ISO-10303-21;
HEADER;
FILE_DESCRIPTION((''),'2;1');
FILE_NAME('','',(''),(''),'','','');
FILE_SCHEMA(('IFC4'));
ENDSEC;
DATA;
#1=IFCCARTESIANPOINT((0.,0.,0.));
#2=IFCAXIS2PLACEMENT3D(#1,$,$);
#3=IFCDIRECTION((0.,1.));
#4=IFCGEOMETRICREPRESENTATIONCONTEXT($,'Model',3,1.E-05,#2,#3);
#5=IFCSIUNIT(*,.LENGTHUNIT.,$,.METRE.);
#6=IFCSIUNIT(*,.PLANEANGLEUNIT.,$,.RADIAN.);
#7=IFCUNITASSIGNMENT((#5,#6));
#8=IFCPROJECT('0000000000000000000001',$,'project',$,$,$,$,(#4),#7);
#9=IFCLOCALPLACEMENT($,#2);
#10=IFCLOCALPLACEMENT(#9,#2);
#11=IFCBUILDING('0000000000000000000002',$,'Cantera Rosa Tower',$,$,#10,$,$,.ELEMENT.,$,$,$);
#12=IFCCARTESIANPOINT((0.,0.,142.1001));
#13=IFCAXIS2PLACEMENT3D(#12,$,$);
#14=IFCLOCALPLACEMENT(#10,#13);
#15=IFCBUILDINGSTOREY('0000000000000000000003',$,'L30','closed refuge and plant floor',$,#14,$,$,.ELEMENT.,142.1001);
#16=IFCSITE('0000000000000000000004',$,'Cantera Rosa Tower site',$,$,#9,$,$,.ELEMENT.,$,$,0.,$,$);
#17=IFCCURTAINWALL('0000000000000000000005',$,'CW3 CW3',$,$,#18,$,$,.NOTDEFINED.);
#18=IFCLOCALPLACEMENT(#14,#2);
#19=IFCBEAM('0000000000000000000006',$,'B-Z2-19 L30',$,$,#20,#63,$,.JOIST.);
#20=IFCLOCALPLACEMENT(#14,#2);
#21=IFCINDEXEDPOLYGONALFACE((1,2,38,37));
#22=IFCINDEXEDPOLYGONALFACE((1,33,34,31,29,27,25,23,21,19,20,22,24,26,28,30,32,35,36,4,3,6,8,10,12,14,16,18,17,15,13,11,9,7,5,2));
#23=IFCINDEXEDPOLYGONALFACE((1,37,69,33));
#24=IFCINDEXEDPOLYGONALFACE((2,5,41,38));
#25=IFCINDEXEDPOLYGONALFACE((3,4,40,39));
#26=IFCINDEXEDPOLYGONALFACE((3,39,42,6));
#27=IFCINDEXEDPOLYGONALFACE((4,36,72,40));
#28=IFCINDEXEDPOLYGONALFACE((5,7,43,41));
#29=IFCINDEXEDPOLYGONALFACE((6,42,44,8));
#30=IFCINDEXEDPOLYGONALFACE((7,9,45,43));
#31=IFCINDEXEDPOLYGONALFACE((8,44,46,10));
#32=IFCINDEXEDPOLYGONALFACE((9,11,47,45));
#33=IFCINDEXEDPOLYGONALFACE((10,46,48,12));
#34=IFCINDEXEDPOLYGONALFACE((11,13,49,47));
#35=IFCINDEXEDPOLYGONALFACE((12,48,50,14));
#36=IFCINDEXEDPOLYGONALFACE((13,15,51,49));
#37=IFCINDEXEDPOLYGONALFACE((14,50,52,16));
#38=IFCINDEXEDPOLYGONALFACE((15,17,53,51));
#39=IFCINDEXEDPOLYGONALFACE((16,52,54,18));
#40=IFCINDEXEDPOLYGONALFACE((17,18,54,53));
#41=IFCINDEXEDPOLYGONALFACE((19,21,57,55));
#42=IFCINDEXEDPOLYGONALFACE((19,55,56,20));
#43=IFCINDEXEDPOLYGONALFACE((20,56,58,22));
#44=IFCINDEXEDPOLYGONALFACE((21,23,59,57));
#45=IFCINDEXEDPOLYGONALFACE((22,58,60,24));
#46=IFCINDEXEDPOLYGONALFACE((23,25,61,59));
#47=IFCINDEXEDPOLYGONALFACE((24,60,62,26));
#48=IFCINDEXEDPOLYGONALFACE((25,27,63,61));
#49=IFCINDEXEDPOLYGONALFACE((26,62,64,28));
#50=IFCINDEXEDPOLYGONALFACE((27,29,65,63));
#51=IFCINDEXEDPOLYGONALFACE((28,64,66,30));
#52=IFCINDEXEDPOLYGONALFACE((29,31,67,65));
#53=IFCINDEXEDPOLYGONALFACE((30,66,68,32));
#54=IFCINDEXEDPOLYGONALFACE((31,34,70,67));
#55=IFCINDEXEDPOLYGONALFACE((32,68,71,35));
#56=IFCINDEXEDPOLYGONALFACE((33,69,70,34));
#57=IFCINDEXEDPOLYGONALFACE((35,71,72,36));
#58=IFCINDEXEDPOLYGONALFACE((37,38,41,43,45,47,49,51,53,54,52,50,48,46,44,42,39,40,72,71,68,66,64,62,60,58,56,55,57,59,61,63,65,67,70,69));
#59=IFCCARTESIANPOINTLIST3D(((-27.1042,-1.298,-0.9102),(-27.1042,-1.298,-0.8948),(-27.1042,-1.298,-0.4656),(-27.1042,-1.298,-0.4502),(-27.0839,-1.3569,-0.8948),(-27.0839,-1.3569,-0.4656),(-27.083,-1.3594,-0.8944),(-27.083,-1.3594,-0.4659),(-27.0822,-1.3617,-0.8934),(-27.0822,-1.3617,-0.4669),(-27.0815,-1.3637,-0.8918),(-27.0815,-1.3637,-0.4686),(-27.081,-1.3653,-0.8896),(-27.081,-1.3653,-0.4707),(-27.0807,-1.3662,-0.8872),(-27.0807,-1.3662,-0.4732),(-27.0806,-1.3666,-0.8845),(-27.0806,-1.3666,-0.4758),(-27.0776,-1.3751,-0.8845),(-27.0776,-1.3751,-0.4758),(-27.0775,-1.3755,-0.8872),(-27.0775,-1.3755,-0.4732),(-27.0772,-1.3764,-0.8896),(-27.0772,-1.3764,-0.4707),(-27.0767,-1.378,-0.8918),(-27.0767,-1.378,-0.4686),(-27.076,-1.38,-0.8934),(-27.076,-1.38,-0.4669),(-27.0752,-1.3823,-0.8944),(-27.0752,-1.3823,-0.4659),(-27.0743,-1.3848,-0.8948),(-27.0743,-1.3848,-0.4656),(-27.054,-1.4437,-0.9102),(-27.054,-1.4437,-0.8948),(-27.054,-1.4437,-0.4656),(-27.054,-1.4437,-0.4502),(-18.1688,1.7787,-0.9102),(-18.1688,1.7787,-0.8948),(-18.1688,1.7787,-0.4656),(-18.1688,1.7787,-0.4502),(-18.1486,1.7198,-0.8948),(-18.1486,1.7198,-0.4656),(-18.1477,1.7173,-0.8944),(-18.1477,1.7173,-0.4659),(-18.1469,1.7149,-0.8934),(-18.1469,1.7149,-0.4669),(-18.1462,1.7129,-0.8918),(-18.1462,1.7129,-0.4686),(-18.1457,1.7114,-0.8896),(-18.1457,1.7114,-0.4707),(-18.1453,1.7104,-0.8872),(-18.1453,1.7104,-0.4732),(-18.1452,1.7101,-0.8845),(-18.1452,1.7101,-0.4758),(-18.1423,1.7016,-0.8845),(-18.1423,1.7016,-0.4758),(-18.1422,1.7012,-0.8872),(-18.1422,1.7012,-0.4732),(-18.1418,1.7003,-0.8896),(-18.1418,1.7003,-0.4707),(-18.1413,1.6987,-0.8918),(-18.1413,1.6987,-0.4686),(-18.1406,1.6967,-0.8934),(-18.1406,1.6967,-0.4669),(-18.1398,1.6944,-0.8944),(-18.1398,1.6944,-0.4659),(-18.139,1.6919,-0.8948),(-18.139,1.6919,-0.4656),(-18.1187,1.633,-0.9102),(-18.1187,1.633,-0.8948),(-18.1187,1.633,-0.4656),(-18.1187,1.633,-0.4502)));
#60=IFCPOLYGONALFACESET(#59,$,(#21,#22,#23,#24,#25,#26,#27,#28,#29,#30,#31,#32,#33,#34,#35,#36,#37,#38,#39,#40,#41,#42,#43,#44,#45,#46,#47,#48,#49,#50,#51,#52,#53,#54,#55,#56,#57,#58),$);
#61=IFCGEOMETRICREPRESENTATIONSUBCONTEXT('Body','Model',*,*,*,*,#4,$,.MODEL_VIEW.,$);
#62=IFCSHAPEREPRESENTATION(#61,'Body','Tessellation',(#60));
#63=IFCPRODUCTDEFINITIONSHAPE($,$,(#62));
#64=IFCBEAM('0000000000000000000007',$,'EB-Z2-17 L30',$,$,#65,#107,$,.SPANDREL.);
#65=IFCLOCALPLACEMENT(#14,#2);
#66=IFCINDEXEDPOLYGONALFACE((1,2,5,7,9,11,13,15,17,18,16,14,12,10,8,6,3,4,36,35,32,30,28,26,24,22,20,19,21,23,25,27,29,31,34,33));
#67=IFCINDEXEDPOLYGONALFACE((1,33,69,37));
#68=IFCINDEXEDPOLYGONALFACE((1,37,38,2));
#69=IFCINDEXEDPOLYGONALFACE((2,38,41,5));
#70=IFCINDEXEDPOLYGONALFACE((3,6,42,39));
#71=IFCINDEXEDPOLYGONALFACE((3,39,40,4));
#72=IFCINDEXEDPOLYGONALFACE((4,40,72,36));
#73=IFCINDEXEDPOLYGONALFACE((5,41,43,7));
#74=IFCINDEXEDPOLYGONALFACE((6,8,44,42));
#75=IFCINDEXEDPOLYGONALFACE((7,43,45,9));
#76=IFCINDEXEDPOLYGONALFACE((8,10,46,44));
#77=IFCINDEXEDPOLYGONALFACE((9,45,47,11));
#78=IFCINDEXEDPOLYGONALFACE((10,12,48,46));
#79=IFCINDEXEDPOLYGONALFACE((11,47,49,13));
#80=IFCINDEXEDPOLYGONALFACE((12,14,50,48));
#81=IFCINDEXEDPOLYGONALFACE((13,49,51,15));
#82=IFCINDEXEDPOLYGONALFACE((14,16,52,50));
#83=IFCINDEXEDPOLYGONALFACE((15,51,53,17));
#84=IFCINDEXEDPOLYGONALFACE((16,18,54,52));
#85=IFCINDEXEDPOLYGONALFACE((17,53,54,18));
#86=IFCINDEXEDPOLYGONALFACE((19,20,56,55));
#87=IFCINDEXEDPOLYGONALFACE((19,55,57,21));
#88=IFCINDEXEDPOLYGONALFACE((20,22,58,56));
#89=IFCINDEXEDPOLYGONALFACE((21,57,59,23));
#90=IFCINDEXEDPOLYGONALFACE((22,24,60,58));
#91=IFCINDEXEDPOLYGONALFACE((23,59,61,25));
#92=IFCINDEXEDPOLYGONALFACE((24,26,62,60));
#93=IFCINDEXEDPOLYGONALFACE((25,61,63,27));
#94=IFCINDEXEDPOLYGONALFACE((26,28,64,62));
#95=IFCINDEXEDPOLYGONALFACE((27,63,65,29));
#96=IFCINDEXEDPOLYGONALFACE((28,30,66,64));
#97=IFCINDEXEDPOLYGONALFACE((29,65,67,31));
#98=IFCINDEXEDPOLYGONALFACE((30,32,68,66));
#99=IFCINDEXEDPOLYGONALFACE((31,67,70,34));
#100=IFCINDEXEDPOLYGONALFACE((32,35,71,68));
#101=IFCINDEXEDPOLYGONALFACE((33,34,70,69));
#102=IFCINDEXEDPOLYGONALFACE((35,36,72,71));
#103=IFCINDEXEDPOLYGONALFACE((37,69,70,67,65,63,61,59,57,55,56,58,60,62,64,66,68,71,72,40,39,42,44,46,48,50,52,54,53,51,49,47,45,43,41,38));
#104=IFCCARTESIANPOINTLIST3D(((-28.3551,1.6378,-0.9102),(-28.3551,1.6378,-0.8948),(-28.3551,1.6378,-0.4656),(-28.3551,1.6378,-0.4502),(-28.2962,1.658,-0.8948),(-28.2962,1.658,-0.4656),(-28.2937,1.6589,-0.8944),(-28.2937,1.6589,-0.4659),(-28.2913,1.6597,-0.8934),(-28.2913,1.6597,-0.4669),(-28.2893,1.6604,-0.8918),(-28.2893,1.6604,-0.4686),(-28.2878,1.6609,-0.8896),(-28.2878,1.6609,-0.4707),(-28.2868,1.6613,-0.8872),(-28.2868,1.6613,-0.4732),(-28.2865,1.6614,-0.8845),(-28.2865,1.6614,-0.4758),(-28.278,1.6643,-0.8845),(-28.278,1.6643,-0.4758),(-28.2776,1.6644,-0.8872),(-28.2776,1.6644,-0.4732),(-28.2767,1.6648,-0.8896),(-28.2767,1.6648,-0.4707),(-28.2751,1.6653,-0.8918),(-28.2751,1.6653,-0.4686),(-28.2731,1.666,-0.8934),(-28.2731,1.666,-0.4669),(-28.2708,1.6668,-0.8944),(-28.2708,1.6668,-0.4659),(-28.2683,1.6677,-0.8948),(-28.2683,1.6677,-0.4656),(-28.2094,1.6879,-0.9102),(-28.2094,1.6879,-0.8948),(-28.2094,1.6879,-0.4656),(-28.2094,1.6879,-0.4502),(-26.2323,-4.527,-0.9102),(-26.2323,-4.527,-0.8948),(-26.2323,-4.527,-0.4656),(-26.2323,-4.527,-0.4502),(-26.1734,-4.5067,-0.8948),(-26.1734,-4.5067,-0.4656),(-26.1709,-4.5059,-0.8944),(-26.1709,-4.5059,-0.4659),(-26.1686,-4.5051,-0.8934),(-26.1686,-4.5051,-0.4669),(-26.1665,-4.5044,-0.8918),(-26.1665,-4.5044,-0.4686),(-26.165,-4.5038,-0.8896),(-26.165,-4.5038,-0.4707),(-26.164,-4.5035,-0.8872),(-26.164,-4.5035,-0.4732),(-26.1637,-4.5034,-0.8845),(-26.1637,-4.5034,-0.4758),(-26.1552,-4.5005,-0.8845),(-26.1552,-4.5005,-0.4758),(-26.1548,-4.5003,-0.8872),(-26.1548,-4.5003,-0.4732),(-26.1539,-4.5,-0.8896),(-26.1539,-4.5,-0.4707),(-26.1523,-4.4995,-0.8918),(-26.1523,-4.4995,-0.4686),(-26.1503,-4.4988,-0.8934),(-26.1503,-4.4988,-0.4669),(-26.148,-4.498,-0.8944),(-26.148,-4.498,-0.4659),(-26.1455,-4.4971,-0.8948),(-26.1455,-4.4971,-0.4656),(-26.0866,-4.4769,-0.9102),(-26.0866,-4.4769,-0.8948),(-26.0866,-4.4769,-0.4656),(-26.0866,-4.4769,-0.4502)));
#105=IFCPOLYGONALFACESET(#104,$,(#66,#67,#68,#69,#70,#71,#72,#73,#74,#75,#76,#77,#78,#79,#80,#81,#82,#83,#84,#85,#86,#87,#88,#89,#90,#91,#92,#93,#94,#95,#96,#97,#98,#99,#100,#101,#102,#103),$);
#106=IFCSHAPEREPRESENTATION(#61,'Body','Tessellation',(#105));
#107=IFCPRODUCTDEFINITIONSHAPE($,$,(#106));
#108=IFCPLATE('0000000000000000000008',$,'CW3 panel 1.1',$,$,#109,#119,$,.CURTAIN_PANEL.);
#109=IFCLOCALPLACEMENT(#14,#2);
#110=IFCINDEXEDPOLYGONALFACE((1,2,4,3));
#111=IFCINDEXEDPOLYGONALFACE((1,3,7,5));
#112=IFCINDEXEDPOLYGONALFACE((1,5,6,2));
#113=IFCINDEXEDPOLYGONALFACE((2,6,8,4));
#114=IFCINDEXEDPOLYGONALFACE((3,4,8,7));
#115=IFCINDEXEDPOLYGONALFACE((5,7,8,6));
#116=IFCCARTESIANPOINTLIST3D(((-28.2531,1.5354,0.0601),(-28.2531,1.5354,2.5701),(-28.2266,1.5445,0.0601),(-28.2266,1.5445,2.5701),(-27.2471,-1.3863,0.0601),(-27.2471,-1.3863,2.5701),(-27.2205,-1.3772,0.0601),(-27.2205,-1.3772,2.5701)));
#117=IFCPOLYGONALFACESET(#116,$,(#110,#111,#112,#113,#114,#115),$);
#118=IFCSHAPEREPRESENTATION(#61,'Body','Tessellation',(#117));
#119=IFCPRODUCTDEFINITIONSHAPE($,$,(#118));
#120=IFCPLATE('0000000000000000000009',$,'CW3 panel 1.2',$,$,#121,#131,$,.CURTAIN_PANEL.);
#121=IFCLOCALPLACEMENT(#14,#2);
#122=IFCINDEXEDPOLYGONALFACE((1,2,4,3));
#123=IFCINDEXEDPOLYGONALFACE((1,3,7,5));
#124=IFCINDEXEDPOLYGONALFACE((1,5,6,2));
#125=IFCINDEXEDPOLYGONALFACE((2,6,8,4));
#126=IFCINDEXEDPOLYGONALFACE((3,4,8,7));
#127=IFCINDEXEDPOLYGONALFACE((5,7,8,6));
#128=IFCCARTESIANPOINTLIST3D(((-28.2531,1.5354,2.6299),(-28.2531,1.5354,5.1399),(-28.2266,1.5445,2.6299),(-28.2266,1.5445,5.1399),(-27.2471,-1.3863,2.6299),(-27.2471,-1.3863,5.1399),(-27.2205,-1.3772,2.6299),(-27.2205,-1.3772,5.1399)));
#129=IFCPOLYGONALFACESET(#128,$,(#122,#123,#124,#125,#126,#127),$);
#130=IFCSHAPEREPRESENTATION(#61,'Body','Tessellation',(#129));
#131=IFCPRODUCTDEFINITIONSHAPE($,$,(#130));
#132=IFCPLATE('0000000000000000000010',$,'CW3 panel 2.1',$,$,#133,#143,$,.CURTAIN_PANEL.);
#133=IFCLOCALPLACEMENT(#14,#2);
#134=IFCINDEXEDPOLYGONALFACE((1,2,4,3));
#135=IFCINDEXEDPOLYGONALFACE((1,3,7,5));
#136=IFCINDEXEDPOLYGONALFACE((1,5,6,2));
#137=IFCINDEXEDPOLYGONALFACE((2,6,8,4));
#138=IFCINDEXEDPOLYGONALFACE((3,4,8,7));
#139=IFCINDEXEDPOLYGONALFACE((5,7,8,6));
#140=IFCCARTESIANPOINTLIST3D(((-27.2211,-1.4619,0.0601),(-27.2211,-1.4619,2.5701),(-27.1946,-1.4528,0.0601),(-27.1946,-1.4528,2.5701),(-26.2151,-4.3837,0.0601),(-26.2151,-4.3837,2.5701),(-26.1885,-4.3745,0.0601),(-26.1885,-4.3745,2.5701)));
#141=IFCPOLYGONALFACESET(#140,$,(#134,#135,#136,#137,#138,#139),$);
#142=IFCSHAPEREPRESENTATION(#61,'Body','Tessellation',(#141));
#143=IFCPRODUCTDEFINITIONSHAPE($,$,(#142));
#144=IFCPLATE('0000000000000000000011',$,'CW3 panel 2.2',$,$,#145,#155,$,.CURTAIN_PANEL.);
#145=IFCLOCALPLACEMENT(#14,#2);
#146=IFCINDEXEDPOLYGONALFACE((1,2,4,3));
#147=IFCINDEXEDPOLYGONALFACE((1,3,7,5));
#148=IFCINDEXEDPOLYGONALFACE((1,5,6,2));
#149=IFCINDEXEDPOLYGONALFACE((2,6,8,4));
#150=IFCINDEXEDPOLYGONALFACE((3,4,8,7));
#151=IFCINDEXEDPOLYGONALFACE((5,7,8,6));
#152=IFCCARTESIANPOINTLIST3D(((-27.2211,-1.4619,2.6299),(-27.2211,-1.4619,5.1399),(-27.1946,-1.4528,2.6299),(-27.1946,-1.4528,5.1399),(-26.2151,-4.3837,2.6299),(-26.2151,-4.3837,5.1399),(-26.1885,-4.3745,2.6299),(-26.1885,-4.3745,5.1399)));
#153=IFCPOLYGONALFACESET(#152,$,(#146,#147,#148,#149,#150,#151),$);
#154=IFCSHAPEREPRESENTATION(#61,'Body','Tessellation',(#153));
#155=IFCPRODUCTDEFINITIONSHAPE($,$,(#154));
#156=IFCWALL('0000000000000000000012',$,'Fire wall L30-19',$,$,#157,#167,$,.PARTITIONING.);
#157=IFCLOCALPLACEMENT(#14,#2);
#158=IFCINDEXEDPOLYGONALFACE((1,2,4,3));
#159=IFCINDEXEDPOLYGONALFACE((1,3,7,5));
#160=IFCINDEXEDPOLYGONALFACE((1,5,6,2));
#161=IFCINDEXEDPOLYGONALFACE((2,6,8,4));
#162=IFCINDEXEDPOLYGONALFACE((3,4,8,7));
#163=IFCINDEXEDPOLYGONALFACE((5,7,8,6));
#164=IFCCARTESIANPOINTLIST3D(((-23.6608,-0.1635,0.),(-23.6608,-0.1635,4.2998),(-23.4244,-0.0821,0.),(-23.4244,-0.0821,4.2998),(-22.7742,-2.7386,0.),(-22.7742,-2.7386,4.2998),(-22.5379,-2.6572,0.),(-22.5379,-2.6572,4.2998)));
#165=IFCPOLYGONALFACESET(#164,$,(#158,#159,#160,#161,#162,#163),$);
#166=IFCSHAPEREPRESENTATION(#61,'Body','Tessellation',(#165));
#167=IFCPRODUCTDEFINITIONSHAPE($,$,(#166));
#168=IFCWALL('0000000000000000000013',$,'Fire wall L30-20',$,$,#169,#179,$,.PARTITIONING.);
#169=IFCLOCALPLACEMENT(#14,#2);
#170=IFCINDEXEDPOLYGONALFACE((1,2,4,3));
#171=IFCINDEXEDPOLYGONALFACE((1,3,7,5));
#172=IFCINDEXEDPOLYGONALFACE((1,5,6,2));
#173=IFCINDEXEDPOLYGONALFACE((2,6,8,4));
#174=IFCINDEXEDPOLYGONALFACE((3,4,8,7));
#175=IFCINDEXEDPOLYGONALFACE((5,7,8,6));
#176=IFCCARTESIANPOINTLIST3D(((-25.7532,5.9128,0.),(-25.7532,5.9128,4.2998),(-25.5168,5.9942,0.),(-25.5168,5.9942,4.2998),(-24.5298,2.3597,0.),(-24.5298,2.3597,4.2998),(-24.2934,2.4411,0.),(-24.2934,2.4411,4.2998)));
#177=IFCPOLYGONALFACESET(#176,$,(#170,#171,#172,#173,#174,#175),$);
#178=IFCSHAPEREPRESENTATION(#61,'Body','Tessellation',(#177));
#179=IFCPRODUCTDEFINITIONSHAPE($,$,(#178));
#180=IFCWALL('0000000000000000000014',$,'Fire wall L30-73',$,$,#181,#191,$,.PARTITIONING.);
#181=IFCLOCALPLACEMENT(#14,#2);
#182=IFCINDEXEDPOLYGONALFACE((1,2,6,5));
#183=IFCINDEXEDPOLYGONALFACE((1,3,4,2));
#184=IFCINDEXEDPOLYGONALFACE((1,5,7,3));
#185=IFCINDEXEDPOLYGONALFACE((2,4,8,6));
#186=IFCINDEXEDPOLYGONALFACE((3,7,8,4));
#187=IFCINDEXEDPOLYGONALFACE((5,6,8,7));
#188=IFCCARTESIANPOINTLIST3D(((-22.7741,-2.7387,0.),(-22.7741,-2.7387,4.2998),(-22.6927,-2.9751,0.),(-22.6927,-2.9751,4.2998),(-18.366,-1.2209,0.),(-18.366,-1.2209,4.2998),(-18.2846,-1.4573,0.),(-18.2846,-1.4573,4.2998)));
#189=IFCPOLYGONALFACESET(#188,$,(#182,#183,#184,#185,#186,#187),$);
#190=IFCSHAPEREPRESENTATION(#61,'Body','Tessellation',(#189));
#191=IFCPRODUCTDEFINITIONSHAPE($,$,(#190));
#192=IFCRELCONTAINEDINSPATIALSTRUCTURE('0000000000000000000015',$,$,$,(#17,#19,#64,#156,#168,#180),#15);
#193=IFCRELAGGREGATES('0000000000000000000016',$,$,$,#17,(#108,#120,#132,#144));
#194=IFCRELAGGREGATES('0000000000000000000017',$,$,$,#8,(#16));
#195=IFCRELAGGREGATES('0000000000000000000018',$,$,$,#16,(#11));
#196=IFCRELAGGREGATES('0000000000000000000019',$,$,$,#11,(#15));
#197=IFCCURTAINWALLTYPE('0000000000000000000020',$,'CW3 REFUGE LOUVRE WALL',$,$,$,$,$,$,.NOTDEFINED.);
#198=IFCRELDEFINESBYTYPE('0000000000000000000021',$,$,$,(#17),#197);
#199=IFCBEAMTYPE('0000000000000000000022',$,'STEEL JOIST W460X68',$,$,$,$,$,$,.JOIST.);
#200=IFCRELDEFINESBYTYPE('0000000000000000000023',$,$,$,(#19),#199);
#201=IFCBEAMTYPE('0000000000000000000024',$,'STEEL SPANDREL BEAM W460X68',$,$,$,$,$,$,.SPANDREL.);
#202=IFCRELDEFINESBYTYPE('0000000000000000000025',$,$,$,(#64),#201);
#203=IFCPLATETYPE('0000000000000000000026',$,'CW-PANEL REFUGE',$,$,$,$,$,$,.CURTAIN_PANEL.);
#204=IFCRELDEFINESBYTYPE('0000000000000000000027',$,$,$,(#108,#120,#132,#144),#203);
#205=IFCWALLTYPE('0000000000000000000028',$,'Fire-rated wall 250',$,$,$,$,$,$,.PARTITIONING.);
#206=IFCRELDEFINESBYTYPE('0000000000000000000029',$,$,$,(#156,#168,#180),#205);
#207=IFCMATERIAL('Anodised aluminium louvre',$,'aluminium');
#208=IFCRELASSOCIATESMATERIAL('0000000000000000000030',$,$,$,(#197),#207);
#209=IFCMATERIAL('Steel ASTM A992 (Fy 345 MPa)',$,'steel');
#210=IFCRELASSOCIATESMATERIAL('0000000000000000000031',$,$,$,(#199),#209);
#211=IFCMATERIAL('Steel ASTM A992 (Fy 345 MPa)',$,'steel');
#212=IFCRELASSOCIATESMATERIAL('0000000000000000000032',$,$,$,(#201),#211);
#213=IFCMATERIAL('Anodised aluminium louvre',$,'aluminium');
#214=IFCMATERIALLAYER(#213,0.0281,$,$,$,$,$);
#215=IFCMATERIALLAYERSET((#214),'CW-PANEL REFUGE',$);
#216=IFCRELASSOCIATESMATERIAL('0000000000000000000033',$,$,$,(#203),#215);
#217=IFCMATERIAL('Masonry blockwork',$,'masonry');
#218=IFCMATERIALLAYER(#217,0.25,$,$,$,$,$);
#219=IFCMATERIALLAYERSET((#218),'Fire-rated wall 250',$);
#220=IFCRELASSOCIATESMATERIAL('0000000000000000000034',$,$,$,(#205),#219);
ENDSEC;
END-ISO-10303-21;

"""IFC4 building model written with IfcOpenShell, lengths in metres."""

from ifc_helpers import new_model, si_unit, direction, frame, frame_2d, origin, origin_2d, place, context, subcontext, project, spatial, rectangle, i_section, extrude, material, layer, layer_set, material_profile, profile_set, type_object, element, aggregate, save


model = new_model("IFC4")

# Units and contexts
model_context = context("Model", 3, precision=1e-05, world=origin(), true_north=direction((0.0, 1.0)))
body_context = subcontext(model_context, "Body", "Model", "MODEL_VIEW")
ifc_project = project(units=[si_unit("LENGTHUNIT", "METRE"), si_unit("PLANEANGLEUNIT", "RADIAN")], contexts=[model_context])

# Site, building, storey
site_placement = place(None, origin())
site = spatial("IfcSite", under=ifc_project, at=site_placement, Name="Cantera Rosa Tower site", CompositionType="ELEMENT", RefElevation=0.0)
building_placement = place(site_placement, origin())
building = spatial("IfcBuilding", under=site, at=building_placement, Name="Cantera Rosa Tower", CompositionType="ELEMENT")
storey_placement = place(building_placement, frame((0.0, 0.0, 142.1001)))
storey = spatial("IfcBuildingStorey", under=building, at=storey_placement, Name="L30", Description="closed refuge and plant floor", CompositionType="ELEMENT", Elevation=142.1001)

# Curtain wall
ifc_material_1 = material(Name="Anodised aluminium louvre", Category="aluminium")
curtain_wall_type = type_object("IfcCurtainWallType", Name="CW3 REFUGE LOUVRE WALL", PredefinedType="NOTDEFINED", material=ifc_material_1)
curtain_wall_placement = place(storey_placement, origin())
curtain_wall = element("IfcCurtainWall", 1, at=curtain_wall_placement, inside=storey, type_object=curtain_wall_type, Name="CW3 CW3", PredefinedType="NOTDEFINED")

# Beams
ifc_material_2 = material(Name="Steel ASTM A992 (Fy 345 MPa)", Category="steel")
ifc_material_profile_1 = material_profile(ifc_material_2, i_section(OverallWidth=0.1541, OverallDepth=0.46, WebThickness=0.009, FlangeThickness=0.0154, FilletRadius=0.0103, at=origin_2d()), Name="W460X68")
ifc_profile_set_1 = profile_set([ifc_material_profile_1], Name="Steel ASTM A992 (Fy 345 MPa)")
beam_type_1 = type_object("IfcBeamType", Name="STEEL JOIST W460X68", PredefinedType="JOIST", material=ifc_profile_set_1)
beam_1_placement = place(storey_placement, frame((-27.0791, -1.3708, -0.6802), z_axis=(0.945519, 0.325567, 0.0), x_axis=(-0.325567, 0.945519, 0.0)))
element("IfcBeam", 2, at=beam_1_placement, inside=storey, type_object=beam_type_1, Name="B-Z2-19 L30", PredefinedType="JOIST", context=body_context, shape_type="SweptSolid", body=[
    extrude(i_section(OverallWidth=0.1541, OverallDepth=0.46, WebThickness=0.009, FlangeThickness=0.0154, FilletRadius=0.0103, at=origin_2d()), origin(), (0.0, 0.0, 1.0), 9.4502),
])
ifc_material_3 = material(Name="Steel ASTM A992 (Fy 345 MPa)", Category="steel")
ifc_material_profile_2 = material_profile(ifc_material_3, i_section(OverallWidth=0.1541, OverallDepth=0.46, WebThickness=0.009, FlangeThickness=0.0154, FilletRadius=0.0103, at=origin_2d()), Name="W460X68")
ifc_profile_set_2 = profile_set([ifc_material_profile_2], Name="Steel ASTM A992 (Fy 345 MPa)")
beam_type_2 = type_object("IfcBeamType", Name="STEEL SPANDREL BEAM W460X68", PredefinedType="SPANDREL", material=ifc_profile_set_2)
beam_2_placement = place(storey_placement, frame((-28.2822, 1.6628, -0.6802), z_axis=(0.325581, -0.945514, 0.0), x_axis=(0.945514, 0.325581, 0.0)))
element("IfcBeam", 3, at=beam_2_placement, inside=storey, type_object=beam_type_2, Name="EB-Z2-17 L30", PredefinedType="SPANDREL", context=body_context, shape_type="SweptSolid", body=[
    extrude(i_section(OverallWidth=0.1541, OverallDepth=0.46, WebThickness=0.009, FlangeThickness=0.0154, FilletRadius=0.0103, at=origin_2d()), origin(), (0.0, 0.0, 1.0), 6.52),
])

# Plates
ifc_material_4 = material(Name="Anodised aluminium louvre", Category="aluminium")
ifc_layer_1 = layer(ifc_material_4, 0.0281)
ifc_layer_set_1 = layer_set([ifc_layer_1], Name="CW-PANEL REFUGE")
plate_type = type_object("IfcPlateType", Name="CW-PANEL REFUGE", PredefinedType="CURTAIN_PANEL", material=ifc_layer_set_1)
plate_1_placement = place(storey_placement, frame((-27.7368, 0.0791, 0.0601), z_axis=(0.0, 0.0, 1.0), x_axis=(0.325568, -0.945519, 0.0)))
plate_1 = element("IfcPlate", 4, at=plate_1_placement, type_object=plate_type, Name="CW3 panel 1.1", PredefinedType="CURTAIN_PANEL", context=body_context, shape_type="SweptSolid", body=[
    extrude(rectangle(XDim=3.0901, YDim=0.0281, at=origin_2d()), origin(), (0.0, 0.0, 1.0), 2.51),
])
plate_2_placement = place(storey_placement, frame((-27.7368, 0.0791, 2.6299), z_axis=(0.0, 0.0, 1.0), x_axis=(0.325568, -0.945519, 0.0)))
plate_2 = element("IfcPlate", 5, at=plate_2_placement, type_object=plate_type, Name="CW3 panel 1.2", PredefinedType="CURTAIN_PANEL", context=body_context, shape_type="SweptSolid", body=[
    extrude(rectangle(XDim=3.0901, YDim=0.0281, at=origin_2d()), origin(), (0.0, 0.0, 1.0), 2.51),
])
plate_3_placement = place(storey_placement, frame((-26.7048, -2.9182, 0.0601), z_axis=(0.0, 0.0, 1.0), x_axis=(0.325568, -0.945519, 0.0)))
plate_3 = element("IfcPlate", 6, at=plate_3_placement, type_object=plate_type, Name="CW3 panel 2.1", PredefinedType="CURTAIN_PANEL", context=body_context, shape_type="SweptSolid", body=[
    extrude(rectangle(XDim=3.0901, YDim=0.0281, at=origin_2d()), origin(), (0.0, 0.0, 1.0), 2.51),
])
plate_4_placement = place(storey_placement, frame((-26.7048, -2.9182, 2.6299), z_axis=(0.0, 0.0, 1.0), x_axis=(0.325568, -0.945519, 0.0)))
plate_4 = element("IfcPlate", 7, at=plate_4_placement, type_object=plate_type, Name="CW3 panel 2.2", PredefinedType="CURTAIN_PANEL", context=body_context, shape_type="SweptSolid", body=[
    extrude(rectangle(XDim=3.0901, YDim=0.0281, at=origin_2d()), origin(), (0.0, 0.0, 1.0), 2.51),
])
aggregate(curtain_wall, [plate_1, plate_2, plate_3, plate_4])

# Walls
ifc_material_5 = material(Name="Masonry blockwork", Category="masonry")
ifc_layer_2 = layer(ifc_material_5, 0.25)
ifc_layer_set_2 = layer_set([ifc_layer_2], Name="Fire-rated wall 250")
wall_type = type_object("IfcWallType", Name="Fire-rated wall 250", PredefinedType="PARTITIONING", material=ifc_layer_set_2)
wall_1_placement = place(storey_placement, frame((-22.656, -2.698, 0.0), z_axis=(0.0, 0.0, 1.0), x_axis=(-0.325518, 0.945536, 0.0)))
element("IfcWall", 8, at=wall_1_placement, inside=storey, type_object=wall_type, Name="Fire wall L30-19", PredefinedType="PARTITIONING", context=body_context, shape_type="SweptSolid", body=[
    extrude(rectangle(XDim=2.7234, YDim=0.25, at=frame_2d((1.3618, 0.0))), origin(), (0.0, 0.0, 1.0), 4.2998),
])
wall_2_placement = place(storey_placement, frame((-24.4116, 2.4004, 0.0), z_axis=(0.0, 0.0, 1.0), x_axis=(-0.325548, 0.945525, 0.0)))
element("IfcWall", 9, at=wall_2_placement, inside=storey, type_object=wall_type, Name="Fire wall L30-20", PredefinedType="PARTITIONING", context=body_context, shape_type="SweptSolid", body=[
    extrude(rectangle(XDim=3.7578, YDim=0.25, at=frame_2d((1.8789, 0.0))), origin(), (0.0, 0.0, 1.0), 4.2998),
])
wall_3_placement = place(storey_placement, frame((-22.7334, -2.8569, 0.0), z_axis=(0.0, 0.0, 1.0), x_axis=(0.945521, 0.32556, 0.0)))
element("IfcWall", 10, at=wall_3_placement, inside=storey, type_object=wall_type, Name="Fire wall L30-73", PredefinedType="PARTITIONING", context=body_context, shape_type="SweptSolid", body=[
    extrude(rectangle(XDim=4.6621, YDim=0.25, at=frame_2d((2.3311, 0.0))), origin(), (0.0, 0.0, 1.0), 4.2998),
])

save(model, "model.ifc")
